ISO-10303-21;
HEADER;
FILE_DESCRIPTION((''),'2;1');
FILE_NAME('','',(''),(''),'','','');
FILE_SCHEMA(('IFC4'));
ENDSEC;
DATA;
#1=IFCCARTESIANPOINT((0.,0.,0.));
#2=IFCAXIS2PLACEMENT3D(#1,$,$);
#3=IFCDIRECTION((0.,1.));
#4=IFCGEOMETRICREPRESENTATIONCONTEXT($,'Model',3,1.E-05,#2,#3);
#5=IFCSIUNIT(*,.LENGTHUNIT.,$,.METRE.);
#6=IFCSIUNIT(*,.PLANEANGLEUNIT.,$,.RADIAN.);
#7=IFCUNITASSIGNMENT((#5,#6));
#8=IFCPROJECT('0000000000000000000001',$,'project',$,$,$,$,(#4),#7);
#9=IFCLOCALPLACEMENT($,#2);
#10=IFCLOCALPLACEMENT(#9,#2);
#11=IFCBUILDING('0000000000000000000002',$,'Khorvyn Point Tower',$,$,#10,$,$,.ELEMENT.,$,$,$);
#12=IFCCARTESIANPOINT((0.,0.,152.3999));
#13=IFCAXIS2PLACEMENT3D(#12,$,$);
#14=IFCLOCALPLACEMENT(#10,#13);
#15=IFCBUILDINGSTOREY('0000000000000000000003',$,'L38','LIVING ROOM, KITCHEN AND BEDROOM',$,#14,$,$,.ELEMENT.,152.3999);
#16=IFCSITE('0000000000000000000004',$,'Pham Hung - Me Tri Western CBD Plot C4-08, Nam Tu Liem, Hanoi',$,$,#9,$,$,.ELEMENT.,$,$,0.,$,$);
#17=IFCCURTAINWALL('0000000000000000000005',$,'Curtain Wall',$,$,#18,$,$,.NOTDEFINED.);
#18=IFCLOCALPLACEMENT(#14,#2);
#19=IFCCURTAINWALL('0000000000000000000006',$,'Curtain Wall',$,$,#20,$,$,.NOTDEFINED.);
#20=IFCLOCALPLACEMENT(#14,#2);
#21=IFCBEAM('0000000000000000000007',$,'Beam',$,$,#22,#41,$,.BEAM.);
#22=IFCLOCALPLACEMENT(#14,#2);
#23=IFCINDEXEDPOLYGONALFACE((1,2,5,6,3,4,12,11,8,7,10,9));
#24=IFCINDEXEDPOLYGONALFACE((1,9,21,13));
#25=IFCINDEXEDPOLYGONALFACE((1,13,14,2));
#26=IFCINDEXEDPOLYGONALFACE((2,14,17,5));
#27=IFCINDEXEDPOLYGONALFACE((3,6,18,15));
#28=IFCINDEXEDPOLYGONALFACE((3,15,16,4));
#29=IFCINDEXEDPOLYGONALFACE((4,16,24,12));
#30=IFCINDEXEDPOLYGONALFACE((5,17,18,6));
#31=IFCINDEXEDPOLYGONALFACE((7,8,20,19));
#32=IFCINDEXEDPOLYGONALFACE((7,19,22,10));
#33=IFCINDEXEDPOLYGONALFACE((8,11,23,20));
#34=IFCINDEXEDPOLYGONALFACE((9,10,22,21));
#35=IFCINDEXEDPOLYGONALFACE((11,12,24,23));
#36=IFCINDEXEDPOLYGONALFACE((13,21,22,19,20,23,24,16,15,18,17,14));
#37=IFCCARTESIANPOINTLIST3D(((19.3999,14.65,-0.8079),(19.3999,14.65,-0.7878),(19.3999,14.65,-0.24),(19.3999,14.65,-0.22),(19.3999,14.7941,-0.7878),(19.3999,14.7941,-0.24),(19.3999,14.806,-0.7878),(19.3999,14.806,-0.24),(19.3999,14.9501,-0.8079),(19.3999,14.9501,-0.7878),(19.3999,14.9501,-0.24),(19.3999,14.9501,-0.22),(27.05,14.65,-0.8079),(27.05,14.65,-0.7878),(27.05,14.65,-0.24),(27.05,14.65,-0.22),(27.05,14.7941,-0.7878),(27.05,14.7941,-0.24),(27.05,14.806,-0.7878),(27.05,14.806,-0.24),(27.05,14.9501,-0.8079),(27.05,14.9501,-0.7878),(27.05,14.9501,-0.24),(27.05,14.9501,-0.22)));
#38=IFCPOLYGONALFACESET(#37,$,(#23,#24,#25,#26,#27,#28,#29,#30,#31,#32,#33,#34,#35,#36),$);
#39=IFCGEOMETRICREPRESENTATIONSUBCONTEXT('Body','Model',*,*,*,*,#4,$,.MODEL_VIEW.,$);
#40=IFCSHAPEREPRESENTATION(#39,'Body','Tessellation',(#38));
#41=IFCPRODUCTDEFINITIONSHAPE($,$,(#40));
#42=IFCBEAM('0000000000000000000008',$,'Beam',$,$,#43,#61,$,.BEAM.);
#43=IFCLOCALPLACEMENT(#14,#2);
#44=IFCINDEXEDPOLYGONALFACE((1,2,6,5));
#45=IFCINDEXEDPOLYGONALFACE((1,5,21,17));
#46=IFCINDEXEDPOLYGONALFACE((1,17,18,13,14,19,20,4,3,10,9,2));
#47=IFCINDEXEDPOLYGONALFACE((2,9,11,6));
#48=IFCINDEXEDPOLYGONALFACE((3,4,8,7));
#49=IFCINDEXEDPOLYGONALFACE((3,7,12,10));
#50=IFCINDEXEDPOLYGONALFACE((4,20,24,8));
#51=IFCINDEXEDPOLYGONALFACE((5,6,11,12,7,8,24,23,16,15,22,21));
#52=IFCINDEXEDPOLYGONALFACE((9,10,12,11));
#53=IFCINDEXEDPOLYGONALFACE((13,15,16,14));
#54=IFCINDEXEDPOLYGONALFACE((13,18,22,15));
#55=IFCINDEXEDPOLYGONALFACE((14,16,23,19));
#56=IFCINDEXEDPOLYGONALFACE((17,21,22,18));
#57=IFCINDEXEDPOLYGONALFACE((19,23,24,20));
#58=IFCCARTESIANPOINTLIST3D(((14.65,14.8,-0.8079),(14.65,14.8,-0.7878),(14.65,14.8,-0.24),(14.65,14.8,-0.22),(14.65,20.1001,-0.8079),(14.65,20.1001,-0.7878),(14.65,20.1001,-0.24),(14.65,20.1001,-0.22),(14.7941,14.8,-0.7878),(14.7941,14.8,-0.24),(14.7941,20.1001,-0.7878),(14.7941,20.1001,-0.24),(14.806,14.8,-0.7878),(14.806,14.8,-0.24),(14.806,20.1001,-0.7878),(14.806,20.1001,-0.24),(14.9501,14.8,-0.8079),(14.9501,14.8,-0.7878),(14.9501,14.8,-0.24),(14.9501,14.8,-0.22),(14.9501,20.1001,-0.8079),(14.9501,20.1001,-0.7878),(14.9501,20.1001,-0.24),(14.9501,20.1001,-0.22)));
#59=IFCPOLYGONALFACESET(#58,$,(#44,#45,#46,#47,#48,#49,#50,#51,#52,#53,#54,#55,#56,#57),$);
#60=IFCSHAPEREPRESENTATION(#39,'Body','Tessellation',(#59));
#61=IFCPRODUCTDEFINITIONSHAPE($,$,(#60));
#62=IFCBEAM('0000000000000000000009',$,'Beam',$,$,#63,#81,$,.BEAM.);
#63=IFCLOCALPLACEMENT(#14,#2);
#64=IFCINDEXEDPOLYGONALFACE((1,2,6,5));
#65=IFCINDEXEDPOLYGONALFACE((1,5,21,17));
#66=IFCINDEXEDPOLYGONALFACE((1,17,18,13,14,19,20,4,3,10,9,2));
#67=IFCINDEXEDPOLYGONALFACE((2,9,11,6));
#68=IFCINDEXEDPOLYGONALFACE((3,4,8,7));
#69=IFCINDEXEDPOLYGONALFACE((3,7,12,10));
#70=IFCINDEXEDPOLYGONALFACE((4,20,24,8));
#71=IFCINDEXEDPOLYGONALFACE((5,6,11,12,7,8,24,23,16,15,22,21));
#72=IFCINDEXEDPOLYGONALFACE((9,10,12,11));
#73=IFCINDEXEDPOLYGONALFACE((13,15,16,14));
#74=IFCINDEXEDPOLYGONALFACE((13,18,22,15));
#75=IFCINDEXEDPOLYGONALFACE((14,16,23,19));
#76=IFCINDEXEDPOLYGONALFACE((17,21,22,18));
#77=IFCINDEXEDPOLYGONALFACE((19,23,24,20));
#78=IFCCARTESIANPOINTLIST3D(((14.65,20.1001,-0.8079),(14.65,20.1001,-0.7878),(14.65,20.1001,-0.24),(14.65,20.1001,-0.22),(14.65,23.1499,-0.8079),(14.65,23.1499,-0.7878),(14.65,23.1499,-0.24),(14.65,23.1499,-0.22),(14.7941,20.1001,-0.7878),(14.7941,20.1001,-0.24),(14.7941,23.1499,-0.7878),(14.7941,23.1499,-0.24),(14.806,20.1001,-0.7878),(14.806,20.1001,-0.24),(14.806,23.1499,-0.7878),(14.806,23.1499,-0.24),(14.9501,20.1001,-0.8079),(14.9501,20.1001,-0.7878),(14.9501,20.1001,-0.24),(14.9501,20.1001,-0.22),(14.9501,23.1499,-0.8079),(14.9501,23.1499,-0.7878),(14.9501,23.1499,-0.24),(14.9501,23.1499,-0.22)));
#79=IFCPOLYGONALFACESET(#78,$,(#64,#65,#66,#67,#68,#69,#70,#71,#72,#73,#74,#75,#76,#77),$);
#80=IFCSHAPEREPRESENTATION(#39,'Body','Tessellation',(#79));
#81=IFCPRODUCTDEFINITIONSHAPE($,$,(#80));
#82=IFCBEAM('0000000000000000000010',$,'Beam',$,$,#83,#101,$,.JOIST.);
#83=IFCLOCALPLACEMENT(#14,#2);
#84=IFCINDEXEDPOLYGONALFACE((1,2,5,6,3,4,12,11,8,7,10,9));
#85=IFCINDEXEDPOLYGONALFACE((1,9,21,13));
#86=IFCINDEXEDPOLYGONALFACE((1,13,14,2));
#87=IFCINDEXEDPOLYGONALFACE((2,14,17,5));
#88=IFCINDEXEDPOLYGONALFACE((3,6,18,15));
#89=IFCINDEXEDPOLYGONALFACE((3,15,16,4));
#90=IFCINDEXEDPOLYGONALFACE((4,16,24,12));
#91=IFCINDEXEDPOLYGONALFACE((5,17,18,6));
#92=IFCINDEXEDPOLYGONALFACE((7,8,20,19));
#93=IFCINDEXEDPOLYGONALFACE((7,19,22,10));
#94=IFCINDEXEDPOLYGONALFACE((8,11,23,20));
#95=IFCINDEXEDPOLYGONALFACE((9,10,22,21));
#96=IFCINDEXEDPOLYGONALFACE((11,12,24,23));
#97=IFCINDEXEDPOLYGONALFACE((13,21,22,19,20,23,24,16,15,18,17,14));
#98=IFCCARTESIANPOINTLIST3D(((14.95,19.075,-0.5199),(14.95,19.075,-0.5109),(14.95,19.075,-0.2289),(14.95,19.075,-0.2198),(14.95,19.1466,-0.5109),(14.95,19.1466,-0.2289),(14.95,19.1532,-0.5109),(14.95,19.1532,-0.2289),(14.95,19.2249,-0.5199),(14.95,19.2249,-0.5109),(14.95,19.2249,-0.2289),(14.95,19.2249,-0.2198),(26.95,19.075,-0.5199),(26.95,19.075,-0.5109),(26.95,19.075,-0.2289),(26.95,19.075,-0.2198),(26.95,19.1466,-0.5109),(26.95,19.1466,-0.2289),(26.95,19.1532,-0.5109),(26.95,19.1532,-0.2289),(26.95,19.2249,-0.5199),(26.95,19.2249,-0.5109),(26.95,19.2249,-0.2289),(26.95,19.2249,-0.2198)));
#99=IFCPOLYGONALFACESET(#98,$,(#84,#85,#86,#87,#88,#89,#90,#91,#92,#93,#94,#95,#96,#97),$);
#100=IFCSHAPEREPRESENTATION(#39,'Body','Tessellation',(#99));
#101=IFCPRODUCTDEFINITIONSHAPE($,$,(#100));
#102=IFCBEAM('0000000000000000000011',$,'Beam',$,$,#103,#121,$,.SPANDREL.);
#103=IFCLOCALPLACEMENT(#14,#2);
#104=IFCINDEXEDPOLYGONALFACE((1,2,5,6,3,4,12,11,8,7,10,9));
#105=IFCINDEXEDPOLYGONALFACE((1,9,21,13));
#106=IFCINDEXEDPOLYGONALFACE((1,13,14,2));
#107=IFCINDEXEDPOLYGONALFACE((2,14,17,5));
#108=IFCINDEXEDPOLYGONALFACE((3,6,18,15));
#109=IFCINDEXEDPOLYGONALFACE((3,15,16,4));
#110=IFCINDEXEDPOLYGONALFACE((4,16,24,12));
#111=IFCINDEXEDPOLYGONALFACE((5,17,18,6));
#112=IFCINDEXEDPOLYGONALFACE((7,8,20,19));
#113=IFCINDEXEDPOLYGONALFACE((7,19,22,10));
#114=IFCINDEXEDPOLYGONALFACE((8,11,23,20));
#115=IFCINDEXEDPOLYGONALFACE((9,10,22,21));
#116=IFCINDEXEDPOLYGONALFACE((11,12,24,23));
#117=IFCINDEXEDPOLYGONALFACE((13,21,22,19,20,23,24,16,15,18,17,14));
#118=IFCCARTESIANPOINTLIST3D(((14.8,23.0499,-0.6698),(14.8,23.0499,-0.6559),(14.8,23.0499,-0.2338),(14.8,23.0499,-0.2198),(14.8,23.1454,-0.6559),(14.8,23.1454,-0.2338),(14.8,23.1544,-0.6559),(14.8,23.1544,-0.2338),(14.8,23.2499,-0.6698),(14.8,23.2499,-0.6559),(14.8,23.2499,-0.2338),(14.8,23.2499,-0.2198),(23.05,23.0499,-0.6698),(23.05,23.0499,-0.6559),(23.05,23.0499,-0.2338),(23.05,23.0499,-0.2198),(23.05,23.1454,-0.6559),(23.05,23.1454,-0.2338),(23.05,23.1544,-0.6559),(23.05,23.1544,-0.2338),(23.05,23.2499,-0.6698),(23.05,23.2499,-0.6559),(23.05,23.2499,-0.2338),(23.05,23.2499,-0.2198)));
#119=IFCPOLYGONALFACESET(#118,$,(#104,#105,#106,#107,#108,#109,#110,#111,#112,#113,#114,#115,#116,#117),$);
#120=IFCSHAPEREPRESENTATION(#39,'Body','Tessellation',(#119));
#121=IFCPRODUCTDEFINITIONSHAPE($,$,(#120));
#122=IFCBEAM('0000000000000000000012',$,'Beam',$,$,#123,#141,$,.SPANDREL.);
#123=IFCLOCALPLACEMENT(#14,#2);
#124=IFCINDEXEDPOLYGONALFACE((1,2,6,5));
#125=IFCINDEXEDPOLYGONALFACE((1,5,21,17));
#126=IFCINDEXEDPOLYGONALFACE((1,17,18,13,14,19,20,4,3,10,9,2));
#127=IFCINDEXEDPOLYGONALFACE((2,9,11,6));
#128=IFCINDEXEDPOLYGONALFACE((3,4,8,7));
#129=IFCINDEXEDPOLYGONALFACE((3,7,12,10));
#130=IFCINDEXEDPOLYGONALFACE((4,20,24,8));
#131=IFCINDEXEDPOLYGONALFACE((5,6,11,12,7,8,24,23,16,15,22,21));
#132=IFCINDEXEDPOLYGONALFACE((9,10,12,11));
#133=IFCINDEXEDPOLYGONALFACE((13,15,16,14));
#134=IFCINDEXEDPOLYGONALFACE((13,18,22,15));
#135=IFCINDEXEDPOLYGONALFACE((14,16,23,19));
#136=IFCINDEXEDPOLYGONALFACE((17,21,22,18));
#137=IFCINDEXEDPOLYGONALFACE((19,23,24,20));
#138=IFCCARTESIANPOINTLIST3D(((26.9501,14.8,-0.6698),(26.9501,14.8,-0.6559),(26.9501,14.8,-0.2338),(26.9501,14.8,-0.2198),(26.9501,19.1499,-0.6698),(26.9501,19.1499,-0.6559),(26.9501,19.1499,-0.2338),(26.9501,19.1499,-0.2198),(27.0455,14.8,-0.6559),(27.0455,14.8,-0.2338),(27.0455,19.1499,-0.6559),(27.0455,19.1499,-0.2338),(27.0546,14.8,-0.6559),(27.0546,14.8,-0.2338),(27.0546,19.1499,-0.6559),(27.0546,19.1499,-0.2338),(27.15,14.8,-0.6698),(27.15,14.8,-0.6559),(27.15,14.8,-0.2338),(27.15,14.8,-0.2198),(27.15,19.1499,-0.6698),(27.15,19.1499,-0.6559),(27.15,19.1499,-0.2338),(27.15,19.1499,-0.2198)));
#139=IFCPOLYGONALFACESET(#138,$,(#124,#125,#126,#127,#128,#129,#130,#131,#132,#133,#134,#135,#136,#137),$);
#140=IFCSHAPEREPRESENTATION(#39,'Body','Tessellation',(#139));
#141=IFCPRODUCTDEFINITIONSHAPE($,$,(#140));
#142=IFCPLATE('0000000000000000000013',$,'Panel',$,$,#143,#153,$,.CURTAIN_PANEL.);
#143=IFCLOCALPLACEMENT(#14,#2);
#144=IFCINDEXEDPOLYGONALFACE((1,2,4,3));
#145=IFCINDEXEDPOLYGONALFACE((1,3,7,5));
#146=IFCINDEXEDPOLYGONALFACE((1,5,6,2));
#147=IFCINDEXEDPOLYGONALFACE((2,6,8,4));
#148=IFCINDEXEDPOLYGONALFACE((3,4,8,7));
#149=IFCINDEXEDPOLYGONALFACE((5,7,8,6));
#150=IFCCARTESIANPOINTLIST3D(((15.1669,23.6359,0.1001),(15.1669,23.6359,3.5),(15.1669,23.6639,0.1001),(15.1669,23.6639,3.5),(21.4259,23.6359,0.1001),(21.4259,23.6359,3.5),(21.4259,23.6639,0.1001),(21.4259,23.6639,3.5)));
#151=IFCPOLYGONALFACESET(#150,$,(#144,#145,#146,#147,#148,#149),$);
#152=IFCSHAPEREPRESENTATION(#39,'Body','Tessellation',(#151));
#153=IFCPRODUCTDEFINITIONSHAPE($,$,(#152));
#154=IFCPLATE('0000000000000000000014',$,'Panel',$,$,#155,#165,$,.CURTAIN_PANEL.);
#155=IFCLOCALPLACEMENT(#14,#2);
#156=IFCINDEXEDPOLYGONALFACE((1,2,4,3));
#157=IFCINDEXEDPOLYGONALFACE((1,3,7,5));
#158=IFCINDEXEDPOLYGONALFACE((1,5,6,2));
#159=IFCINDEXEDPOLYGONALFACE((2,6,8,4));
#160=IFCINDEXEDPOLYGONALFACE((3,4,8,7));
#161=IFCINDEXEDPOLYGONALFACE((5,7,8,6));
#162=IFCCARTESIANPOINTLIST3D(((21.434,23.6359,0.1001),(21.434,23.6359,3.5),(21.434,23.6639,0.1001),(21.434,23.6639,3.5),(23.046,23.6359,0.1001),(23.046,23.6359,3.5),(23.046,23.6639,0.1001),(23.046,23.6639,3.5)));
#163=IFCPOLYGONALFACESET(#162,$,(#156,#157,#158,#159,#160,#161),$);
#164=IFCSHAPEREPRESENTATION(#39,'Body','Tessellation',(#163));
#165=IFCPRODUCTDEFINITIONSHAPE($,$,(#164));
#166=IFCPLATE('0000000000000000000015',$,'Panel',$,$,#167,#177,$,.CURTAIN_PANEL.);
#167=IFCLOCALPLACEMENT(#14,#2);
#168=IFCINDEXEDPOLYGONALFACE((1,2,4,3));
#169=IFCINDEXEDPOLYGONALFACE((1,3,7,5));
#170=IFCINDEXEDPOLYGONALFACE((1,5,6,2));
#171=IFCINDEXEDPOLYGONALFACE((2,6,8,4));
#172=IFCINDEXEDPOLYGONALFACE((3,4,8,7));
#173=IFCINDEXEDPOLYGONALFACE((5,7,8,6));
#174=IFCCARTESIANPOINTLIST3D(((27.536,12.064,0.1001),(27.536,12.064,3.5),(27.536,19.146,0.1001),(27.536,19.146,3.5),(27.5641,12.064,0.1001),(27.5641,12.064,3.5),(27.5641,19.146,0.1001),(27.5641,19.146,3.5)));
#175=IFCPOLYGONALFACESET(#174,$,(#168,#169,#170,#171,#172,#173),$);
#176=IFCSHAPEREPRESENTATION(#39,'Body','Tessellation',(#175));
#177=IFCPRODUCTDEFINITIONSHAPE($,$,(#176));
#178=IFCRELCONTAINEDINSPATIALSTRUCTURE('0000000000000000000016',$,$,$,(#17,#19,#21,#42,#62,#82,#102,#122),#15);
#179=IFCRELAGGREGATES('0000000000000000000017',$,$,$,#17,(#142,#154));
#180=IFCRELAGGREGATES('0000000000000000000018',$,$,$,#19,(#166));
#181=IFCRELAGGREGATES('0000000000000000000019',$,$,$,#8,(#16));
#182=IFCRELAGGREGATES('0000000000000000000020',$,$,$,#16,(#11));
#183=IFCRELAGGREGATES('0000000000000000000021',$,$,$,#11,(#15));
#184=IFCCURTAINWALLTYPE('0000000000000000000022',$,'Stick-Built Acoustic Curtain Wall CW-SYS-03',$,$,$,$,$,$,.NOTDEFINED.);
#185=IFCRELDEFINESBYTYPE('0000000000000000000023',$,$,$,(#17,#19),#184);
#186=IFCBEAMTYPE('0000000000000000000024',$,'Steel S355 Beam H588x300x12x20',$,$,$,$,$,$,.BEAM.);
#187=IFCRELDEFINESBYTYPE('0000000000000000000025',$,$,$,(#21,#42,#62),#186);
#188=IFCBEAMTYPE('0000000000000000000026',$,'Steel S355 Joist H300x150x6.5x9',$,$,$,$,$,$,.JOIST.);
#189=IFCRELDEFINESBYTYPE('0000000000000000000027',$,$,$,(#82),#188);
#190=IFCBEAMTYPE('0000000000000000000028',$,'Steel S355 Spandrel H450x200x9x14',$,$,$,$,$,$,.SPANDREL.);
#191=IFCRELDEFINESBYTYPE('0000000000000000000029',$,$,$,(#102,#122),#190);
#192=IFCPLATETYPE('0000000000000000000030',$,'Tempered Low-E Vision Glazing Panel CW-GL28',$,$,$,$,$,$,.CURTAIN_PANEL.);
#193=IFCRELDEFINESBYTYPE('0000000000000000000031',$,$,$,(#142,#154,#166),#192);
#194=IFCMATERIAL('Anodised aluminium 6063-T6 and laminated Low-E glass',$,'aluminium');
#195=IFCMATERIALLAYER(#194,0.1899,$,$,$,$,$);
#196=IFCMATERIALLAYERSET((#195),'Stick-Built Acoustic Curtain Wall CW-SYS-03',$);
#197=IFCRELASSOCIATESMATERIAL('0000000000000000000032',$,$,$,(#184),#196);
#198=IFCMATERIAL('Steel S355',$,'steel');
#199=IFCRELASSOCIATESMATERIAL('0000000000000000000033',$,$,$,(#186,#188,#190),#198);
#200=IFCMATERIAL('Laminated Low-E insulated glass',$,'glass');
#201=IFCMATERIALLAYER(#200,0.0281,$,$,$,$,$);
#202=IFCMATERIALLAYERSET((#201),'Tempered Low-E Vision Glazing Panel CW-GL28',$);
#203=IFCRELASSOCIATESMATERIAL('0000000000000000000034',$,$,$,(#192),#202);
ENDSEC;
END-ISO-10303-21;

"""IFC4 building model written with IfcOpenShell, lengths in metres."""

from ifc_helpers import new_model, si_unit, direction, frame, origin, origin_2d, place, context, subcontext, project, spatial, rectangle, i_section, extrude, material, layer, layer_set, material_profile, profile_set, type_object, element, aggregate, save


model = new_model("IFC4")

# Units and contexts
model_context = context("Model", 3, precision=1e-05, world=origin(), true_north=direction((0.0, 1.0)))
body_context = subcontext(model_context, "Body", "Model", "MODEL_VIEW")
ifc_project = project(units=[si_unit("LENGTHUNIT", "METRE"), si_unit("PLANEANGLEUNIT", "RADIAN")], contexts=[model_context])

# Site, building, storey
site_placement = place(None, origin())
site = spatial("IfcSite", under=ifc_project, at=site_placement, Name="Pham Hung - Me Tri Western CBD Plot C4-08, Nam Tu Liem, Hanoi", CompositionType="ELEMENT", RefElevation=0.0)
building_placement = place(site_placement, origin())
building = spatial("IfcBuilding", under=site, at=building_placement, Name="Khorvyn Point Tower", CompositionType="ELEMENT")
storey_placement = place(building_placement, frame((0.0, 0.0, 152.3999)))
storey = spatial("IfcBuildingStorey", under=building, at=storey_placement, Name="L38", Description="LIVING ROOM, KITCHEN AND BEDROOM", CompositionType="ELEMENT", Elevation=152.3999)

# Curtain wall
ifc_material_1 = material(Name="Anodised aluminium 6063-T6 and laminated Low-E glass", Category="aluminium")
ifc_layer_1 = layer(ifc_material_1, 0.1899)
ifc_layer_set_1 = layer_set([ifc_layer_1], Name="Stick-Built Acoustic Curtain Wall CW-SYS-03")
curtain_wall_type = type_object("IfcCurtainWallType", Name="Stick-Built Acoustic Curtain Wall CW-SYS-03", PredefinedType="NOTDEFINED", material=ifc_layer_set_1)
curtain_wall_1_placement = place(storey_placement, origin())
curtain_wall_1 = element("IfcCurtainWall", 1, at=curtain_wall_1_placement, inside=storey, type_object=curtain_wall_type, Name="Curtain Wall", PredefinedType="NOTDEFINED")

# Curtain wall
curtain_wall_2_placement = place(storey_placement, origin())
curtain_wall_2 = element("IfcCurtainWall", 2, at=curtain_wall_2_placement, inside=storey, type_object=curtain_wall_type, Name="Curtain Wall", PredefinedType="NOTDEFINED")

# Beams
ifc_material_2 = material(Name="Steel S355", Category="steel")
ifc_material_profile_1 = material_profile(ifc_material_2, i_section(OverallWidth=0.3, OverallDepth=0.5879, WebThickness=0.012, FlangeThickness=0.02, at=origin_2d()))
ifc_profile_set_1 = profile_set([ifc_material_profile_1], Name="Steel S355 H588x300x12x20")
beam_type_1 = type_object("IfcBeamType", Name="Steel S355 Beam H588x300x12x20", PredefinedType="BEAM", material=ifc_profile_set_1)
beam_1_placement = place(storey_placement, frame((19.3999, 14.8, -0.5139), z_axis=(1.0, 0.0, 0.0), x_axis=(0.0, 1.0, 0.0)))
element("IfcBeam", 3, at=beam_1_placement, inside=storey, type_object=beam_type_1, Name="Beam", PredefinedType="BEAM", context=body_context, shape_type="SweptSolid", body=[
    extrude(i_section(OverallWidth=0.3, OverallDepth=0.5879, WebThickness=0.012, FlangeThickness=0.02, at=origin_2d()), origin(), (0.0, 0.0, 1.0), 7.6501),
])
beam_2_placement = place(storey_placement, frame((14.8, 14.8, -0.5139), z_axis=(0.0, 1.0, 0.0), x_axis=(-1.0, 0.0, 0.0)))
element("IfcBeam", 4, at=beam_2_placement, inside=storey, type_object=beam_type_1, Name="Beam", PredefinedType="BEAM", context=body_context, shape_type="SweptSolid", body=[
    extrude(i_section(OverallWidth=0.3, OverallDepth=0.5879, WebThickness=0.012, FlangeThickness=0.02, at=origin_2d()), origin(), (0.0, 0.0, 1.0), 5.3),
])
beam_3_placement = place(storey_placement, frame((14.8, 20.1001, -0.5139), z_axis=(0.0, 1.0, 0.0), x_axis=(-1.0, 0.0, 0.0)))
element("IfcBeam", 5, at=beam_3_placement, inside=storey, type_object=beam_type_1, Name="Beam", PredefinedType="BEAM", context=body_context, shape_type="SweptSolid", body=[
    extrude(i_section(OverallWidth=0.3, OverallDepth=0.5879, WebThickness=0.012, FlangeThickness=0.02, at=origin_2d()), origin(), (0.0, 0.0, 1.0), 3.0498),
])
ifc_material_profile_2 = material_profile(ifc_material_2, i_section(OverallWidth=0.1499, OverallDepth=0.3, WebThickness=0.0066, FlangeThickness=0.009, at=origin_2d()))
ifc_profile_set_2 = profile_set([ifc_material_profile_2], Name="Steel S355 H300x150x6.5x9")
beam_type_2 = type_object("IfcBeamType", Name="Steel S355 Joist H300x150x6.5x9", PredefinedType="JOIST", material=ifc_profile_set_2)
beam_4_placement = place(storey_placement, frame((14.95, 19.1499, -0.3699), z_axis=(1.0, 0.0, 0.0), x_axis=(0.0, 1.0, 0.0)))
element("IfcBeam", 6, at=beam_4_placement, inside=storey, type_object=beam_type_2, Name="Beam", PredefinedType="JOIST", context=body_context, shape_type="SweptSolid", body=[
    extrude(i_section(OverallWidth=0.1499, OverallDepth=0.3, WebThickness=0.0066, FlangeThickness=0.009, at=origin_2d()), origin(), (0.0, 0.0, 1.0), 12.0),
])
ifc_material_profile_3 = material_profile(ifc_material_2, i_section(OverallWidth=0.2, OverallDepth=0.45, WebThickness=0.009, FlangeThickness=0.0139, at=origin_2d()))
ifc_profile_set_3 = profile_set([ifc_material_profile_3], Name="Steel S355 H450x200x9x14")
beam_type_3 = type_object("IfcBeamType", Name="Steel S355 Spandrel H450x200x9x14", PredefinedType="SPANDREL", material=ifc_profile_set_3)
beam_5_placement = place(storey_placement, frame((14.8, 23.1499, -0.4448), z_axis=(1.0, 0.0, 0.0), x_axis=(0.0, 1.0, 0.0)))
element("IfcBeam", 7, at=beam_5_placement, inside=storey, type_object=beam_type_3, Name="Beam", PredefinedType="SPANDREL", context=body_context, shape_type="SweptSolid", body=[
    extrude(i_section(OverallWidth=0.2, OverallDepth=0.45, WebThickness=0.009, FlangeThickness=0.0139, at=origin_2d()), origin(), (0.0, 0.0, 1.0), 8.25),
])
beam_6_placement = place(storey_placement, frame((27.05, 14.8, -0.4448), z_axis=(0.0, 1.0, 0.0), x_axis=(-1.0, 0.0, 0.0)))
element("IfcBeam", 8, at=beam_6_placement, inside=storey, type_object=beam_type_3, Name="Beam", PredefinedType="SPANDREL", context=body_context, shape_type="SweptSolid", body=[
    extrude(i_section(OverallWidth=0.2, OverallDepth=0.45, WebThickness=0.009, FlangeThickness=0.0139, at=origin_2d()), origin(), (0.0, 0.0, 1.0), 4.3499),
])

# Plates
ifc_material_3 = material(Name="Laminated Low-E insulated glass", Category="glass")
ifc_layer_2 = layer(ifc_material_3, 0.0281)
ifc_layer_set_2 = layer_set([ifc_layer_2], Name="Tempered Low-E Vision Glazing Panel CW-GL28")
plate_type = type_object("IfcPlateType", Name="Tempered Low-E Vision Glazing Panel CW-GL28", PredefinedType="CURTAIN_PANEL", material=ifc_layer_set_2)
plate_1_placement = place(storey_placement, frame((18.2964, 23.6499, 0.1001), z_axis=(0.0, 0.0, 1.0), x_axis=(1.0, 0.0, 0.0)))
plate_1 = element("IfcPlate", 9, at=plate_1_placement, type_object=plate_type, Name="Panel", PredefinedType="CURTAIN_PANEL", context=body_context, shape_type="SweptSolid", body=[
    extrude(rectangle(XDim=6.259, YDim=0.0281, at=origin_2d()), origin(), (0.0, 0.0, 1.0), 3.3999),
])
plate_2_placement = place(storey_placement, frame((22.24, 23.6499, 0.1001), z_axis=(0.0, 0.0, 1.0), x_axis=(1.0, 0.0, 0.0)))
plate_2 = element("IfcPlate", 10, at=plate_2_placement, type_object=plate_type, Name="Panel", PredefinedType="CURTAIN_PANEL", context=body_context, shape_type="SweptSolid", body=[
    extrude(rectangle(XDim=1.6121, YDim=0.0281, at=origin_2d()), origin(), (0.0, 0.0, 1.0), 3.3999),
])
aggregate(curtain_wall_1, [plate_1, plate_2])
plate_3_placement = place(storey_placement, frame((27.55, 15.605, 0.1001), z_axis=(0.0, 0.0, 1.0), x_axis=(0.0, -1.0, 0.0)))
plate_3 = element("IfcPlate", 11, at=plate_3_placement, type_object=plate_type, Name="Panel", PredefinedType="CURTAIN_PANEL", context=body_context, shape_type="SweptSolid", body=[
    extrude(rectangle(XDim=7.082, YDim=0.0281, at=origin_2d()), origin(), (0.0, 0.0, 1.0), 3.3999),
])
aggregate(curtain_wall_2, [plate_3])

save(model, "model.ifc")
